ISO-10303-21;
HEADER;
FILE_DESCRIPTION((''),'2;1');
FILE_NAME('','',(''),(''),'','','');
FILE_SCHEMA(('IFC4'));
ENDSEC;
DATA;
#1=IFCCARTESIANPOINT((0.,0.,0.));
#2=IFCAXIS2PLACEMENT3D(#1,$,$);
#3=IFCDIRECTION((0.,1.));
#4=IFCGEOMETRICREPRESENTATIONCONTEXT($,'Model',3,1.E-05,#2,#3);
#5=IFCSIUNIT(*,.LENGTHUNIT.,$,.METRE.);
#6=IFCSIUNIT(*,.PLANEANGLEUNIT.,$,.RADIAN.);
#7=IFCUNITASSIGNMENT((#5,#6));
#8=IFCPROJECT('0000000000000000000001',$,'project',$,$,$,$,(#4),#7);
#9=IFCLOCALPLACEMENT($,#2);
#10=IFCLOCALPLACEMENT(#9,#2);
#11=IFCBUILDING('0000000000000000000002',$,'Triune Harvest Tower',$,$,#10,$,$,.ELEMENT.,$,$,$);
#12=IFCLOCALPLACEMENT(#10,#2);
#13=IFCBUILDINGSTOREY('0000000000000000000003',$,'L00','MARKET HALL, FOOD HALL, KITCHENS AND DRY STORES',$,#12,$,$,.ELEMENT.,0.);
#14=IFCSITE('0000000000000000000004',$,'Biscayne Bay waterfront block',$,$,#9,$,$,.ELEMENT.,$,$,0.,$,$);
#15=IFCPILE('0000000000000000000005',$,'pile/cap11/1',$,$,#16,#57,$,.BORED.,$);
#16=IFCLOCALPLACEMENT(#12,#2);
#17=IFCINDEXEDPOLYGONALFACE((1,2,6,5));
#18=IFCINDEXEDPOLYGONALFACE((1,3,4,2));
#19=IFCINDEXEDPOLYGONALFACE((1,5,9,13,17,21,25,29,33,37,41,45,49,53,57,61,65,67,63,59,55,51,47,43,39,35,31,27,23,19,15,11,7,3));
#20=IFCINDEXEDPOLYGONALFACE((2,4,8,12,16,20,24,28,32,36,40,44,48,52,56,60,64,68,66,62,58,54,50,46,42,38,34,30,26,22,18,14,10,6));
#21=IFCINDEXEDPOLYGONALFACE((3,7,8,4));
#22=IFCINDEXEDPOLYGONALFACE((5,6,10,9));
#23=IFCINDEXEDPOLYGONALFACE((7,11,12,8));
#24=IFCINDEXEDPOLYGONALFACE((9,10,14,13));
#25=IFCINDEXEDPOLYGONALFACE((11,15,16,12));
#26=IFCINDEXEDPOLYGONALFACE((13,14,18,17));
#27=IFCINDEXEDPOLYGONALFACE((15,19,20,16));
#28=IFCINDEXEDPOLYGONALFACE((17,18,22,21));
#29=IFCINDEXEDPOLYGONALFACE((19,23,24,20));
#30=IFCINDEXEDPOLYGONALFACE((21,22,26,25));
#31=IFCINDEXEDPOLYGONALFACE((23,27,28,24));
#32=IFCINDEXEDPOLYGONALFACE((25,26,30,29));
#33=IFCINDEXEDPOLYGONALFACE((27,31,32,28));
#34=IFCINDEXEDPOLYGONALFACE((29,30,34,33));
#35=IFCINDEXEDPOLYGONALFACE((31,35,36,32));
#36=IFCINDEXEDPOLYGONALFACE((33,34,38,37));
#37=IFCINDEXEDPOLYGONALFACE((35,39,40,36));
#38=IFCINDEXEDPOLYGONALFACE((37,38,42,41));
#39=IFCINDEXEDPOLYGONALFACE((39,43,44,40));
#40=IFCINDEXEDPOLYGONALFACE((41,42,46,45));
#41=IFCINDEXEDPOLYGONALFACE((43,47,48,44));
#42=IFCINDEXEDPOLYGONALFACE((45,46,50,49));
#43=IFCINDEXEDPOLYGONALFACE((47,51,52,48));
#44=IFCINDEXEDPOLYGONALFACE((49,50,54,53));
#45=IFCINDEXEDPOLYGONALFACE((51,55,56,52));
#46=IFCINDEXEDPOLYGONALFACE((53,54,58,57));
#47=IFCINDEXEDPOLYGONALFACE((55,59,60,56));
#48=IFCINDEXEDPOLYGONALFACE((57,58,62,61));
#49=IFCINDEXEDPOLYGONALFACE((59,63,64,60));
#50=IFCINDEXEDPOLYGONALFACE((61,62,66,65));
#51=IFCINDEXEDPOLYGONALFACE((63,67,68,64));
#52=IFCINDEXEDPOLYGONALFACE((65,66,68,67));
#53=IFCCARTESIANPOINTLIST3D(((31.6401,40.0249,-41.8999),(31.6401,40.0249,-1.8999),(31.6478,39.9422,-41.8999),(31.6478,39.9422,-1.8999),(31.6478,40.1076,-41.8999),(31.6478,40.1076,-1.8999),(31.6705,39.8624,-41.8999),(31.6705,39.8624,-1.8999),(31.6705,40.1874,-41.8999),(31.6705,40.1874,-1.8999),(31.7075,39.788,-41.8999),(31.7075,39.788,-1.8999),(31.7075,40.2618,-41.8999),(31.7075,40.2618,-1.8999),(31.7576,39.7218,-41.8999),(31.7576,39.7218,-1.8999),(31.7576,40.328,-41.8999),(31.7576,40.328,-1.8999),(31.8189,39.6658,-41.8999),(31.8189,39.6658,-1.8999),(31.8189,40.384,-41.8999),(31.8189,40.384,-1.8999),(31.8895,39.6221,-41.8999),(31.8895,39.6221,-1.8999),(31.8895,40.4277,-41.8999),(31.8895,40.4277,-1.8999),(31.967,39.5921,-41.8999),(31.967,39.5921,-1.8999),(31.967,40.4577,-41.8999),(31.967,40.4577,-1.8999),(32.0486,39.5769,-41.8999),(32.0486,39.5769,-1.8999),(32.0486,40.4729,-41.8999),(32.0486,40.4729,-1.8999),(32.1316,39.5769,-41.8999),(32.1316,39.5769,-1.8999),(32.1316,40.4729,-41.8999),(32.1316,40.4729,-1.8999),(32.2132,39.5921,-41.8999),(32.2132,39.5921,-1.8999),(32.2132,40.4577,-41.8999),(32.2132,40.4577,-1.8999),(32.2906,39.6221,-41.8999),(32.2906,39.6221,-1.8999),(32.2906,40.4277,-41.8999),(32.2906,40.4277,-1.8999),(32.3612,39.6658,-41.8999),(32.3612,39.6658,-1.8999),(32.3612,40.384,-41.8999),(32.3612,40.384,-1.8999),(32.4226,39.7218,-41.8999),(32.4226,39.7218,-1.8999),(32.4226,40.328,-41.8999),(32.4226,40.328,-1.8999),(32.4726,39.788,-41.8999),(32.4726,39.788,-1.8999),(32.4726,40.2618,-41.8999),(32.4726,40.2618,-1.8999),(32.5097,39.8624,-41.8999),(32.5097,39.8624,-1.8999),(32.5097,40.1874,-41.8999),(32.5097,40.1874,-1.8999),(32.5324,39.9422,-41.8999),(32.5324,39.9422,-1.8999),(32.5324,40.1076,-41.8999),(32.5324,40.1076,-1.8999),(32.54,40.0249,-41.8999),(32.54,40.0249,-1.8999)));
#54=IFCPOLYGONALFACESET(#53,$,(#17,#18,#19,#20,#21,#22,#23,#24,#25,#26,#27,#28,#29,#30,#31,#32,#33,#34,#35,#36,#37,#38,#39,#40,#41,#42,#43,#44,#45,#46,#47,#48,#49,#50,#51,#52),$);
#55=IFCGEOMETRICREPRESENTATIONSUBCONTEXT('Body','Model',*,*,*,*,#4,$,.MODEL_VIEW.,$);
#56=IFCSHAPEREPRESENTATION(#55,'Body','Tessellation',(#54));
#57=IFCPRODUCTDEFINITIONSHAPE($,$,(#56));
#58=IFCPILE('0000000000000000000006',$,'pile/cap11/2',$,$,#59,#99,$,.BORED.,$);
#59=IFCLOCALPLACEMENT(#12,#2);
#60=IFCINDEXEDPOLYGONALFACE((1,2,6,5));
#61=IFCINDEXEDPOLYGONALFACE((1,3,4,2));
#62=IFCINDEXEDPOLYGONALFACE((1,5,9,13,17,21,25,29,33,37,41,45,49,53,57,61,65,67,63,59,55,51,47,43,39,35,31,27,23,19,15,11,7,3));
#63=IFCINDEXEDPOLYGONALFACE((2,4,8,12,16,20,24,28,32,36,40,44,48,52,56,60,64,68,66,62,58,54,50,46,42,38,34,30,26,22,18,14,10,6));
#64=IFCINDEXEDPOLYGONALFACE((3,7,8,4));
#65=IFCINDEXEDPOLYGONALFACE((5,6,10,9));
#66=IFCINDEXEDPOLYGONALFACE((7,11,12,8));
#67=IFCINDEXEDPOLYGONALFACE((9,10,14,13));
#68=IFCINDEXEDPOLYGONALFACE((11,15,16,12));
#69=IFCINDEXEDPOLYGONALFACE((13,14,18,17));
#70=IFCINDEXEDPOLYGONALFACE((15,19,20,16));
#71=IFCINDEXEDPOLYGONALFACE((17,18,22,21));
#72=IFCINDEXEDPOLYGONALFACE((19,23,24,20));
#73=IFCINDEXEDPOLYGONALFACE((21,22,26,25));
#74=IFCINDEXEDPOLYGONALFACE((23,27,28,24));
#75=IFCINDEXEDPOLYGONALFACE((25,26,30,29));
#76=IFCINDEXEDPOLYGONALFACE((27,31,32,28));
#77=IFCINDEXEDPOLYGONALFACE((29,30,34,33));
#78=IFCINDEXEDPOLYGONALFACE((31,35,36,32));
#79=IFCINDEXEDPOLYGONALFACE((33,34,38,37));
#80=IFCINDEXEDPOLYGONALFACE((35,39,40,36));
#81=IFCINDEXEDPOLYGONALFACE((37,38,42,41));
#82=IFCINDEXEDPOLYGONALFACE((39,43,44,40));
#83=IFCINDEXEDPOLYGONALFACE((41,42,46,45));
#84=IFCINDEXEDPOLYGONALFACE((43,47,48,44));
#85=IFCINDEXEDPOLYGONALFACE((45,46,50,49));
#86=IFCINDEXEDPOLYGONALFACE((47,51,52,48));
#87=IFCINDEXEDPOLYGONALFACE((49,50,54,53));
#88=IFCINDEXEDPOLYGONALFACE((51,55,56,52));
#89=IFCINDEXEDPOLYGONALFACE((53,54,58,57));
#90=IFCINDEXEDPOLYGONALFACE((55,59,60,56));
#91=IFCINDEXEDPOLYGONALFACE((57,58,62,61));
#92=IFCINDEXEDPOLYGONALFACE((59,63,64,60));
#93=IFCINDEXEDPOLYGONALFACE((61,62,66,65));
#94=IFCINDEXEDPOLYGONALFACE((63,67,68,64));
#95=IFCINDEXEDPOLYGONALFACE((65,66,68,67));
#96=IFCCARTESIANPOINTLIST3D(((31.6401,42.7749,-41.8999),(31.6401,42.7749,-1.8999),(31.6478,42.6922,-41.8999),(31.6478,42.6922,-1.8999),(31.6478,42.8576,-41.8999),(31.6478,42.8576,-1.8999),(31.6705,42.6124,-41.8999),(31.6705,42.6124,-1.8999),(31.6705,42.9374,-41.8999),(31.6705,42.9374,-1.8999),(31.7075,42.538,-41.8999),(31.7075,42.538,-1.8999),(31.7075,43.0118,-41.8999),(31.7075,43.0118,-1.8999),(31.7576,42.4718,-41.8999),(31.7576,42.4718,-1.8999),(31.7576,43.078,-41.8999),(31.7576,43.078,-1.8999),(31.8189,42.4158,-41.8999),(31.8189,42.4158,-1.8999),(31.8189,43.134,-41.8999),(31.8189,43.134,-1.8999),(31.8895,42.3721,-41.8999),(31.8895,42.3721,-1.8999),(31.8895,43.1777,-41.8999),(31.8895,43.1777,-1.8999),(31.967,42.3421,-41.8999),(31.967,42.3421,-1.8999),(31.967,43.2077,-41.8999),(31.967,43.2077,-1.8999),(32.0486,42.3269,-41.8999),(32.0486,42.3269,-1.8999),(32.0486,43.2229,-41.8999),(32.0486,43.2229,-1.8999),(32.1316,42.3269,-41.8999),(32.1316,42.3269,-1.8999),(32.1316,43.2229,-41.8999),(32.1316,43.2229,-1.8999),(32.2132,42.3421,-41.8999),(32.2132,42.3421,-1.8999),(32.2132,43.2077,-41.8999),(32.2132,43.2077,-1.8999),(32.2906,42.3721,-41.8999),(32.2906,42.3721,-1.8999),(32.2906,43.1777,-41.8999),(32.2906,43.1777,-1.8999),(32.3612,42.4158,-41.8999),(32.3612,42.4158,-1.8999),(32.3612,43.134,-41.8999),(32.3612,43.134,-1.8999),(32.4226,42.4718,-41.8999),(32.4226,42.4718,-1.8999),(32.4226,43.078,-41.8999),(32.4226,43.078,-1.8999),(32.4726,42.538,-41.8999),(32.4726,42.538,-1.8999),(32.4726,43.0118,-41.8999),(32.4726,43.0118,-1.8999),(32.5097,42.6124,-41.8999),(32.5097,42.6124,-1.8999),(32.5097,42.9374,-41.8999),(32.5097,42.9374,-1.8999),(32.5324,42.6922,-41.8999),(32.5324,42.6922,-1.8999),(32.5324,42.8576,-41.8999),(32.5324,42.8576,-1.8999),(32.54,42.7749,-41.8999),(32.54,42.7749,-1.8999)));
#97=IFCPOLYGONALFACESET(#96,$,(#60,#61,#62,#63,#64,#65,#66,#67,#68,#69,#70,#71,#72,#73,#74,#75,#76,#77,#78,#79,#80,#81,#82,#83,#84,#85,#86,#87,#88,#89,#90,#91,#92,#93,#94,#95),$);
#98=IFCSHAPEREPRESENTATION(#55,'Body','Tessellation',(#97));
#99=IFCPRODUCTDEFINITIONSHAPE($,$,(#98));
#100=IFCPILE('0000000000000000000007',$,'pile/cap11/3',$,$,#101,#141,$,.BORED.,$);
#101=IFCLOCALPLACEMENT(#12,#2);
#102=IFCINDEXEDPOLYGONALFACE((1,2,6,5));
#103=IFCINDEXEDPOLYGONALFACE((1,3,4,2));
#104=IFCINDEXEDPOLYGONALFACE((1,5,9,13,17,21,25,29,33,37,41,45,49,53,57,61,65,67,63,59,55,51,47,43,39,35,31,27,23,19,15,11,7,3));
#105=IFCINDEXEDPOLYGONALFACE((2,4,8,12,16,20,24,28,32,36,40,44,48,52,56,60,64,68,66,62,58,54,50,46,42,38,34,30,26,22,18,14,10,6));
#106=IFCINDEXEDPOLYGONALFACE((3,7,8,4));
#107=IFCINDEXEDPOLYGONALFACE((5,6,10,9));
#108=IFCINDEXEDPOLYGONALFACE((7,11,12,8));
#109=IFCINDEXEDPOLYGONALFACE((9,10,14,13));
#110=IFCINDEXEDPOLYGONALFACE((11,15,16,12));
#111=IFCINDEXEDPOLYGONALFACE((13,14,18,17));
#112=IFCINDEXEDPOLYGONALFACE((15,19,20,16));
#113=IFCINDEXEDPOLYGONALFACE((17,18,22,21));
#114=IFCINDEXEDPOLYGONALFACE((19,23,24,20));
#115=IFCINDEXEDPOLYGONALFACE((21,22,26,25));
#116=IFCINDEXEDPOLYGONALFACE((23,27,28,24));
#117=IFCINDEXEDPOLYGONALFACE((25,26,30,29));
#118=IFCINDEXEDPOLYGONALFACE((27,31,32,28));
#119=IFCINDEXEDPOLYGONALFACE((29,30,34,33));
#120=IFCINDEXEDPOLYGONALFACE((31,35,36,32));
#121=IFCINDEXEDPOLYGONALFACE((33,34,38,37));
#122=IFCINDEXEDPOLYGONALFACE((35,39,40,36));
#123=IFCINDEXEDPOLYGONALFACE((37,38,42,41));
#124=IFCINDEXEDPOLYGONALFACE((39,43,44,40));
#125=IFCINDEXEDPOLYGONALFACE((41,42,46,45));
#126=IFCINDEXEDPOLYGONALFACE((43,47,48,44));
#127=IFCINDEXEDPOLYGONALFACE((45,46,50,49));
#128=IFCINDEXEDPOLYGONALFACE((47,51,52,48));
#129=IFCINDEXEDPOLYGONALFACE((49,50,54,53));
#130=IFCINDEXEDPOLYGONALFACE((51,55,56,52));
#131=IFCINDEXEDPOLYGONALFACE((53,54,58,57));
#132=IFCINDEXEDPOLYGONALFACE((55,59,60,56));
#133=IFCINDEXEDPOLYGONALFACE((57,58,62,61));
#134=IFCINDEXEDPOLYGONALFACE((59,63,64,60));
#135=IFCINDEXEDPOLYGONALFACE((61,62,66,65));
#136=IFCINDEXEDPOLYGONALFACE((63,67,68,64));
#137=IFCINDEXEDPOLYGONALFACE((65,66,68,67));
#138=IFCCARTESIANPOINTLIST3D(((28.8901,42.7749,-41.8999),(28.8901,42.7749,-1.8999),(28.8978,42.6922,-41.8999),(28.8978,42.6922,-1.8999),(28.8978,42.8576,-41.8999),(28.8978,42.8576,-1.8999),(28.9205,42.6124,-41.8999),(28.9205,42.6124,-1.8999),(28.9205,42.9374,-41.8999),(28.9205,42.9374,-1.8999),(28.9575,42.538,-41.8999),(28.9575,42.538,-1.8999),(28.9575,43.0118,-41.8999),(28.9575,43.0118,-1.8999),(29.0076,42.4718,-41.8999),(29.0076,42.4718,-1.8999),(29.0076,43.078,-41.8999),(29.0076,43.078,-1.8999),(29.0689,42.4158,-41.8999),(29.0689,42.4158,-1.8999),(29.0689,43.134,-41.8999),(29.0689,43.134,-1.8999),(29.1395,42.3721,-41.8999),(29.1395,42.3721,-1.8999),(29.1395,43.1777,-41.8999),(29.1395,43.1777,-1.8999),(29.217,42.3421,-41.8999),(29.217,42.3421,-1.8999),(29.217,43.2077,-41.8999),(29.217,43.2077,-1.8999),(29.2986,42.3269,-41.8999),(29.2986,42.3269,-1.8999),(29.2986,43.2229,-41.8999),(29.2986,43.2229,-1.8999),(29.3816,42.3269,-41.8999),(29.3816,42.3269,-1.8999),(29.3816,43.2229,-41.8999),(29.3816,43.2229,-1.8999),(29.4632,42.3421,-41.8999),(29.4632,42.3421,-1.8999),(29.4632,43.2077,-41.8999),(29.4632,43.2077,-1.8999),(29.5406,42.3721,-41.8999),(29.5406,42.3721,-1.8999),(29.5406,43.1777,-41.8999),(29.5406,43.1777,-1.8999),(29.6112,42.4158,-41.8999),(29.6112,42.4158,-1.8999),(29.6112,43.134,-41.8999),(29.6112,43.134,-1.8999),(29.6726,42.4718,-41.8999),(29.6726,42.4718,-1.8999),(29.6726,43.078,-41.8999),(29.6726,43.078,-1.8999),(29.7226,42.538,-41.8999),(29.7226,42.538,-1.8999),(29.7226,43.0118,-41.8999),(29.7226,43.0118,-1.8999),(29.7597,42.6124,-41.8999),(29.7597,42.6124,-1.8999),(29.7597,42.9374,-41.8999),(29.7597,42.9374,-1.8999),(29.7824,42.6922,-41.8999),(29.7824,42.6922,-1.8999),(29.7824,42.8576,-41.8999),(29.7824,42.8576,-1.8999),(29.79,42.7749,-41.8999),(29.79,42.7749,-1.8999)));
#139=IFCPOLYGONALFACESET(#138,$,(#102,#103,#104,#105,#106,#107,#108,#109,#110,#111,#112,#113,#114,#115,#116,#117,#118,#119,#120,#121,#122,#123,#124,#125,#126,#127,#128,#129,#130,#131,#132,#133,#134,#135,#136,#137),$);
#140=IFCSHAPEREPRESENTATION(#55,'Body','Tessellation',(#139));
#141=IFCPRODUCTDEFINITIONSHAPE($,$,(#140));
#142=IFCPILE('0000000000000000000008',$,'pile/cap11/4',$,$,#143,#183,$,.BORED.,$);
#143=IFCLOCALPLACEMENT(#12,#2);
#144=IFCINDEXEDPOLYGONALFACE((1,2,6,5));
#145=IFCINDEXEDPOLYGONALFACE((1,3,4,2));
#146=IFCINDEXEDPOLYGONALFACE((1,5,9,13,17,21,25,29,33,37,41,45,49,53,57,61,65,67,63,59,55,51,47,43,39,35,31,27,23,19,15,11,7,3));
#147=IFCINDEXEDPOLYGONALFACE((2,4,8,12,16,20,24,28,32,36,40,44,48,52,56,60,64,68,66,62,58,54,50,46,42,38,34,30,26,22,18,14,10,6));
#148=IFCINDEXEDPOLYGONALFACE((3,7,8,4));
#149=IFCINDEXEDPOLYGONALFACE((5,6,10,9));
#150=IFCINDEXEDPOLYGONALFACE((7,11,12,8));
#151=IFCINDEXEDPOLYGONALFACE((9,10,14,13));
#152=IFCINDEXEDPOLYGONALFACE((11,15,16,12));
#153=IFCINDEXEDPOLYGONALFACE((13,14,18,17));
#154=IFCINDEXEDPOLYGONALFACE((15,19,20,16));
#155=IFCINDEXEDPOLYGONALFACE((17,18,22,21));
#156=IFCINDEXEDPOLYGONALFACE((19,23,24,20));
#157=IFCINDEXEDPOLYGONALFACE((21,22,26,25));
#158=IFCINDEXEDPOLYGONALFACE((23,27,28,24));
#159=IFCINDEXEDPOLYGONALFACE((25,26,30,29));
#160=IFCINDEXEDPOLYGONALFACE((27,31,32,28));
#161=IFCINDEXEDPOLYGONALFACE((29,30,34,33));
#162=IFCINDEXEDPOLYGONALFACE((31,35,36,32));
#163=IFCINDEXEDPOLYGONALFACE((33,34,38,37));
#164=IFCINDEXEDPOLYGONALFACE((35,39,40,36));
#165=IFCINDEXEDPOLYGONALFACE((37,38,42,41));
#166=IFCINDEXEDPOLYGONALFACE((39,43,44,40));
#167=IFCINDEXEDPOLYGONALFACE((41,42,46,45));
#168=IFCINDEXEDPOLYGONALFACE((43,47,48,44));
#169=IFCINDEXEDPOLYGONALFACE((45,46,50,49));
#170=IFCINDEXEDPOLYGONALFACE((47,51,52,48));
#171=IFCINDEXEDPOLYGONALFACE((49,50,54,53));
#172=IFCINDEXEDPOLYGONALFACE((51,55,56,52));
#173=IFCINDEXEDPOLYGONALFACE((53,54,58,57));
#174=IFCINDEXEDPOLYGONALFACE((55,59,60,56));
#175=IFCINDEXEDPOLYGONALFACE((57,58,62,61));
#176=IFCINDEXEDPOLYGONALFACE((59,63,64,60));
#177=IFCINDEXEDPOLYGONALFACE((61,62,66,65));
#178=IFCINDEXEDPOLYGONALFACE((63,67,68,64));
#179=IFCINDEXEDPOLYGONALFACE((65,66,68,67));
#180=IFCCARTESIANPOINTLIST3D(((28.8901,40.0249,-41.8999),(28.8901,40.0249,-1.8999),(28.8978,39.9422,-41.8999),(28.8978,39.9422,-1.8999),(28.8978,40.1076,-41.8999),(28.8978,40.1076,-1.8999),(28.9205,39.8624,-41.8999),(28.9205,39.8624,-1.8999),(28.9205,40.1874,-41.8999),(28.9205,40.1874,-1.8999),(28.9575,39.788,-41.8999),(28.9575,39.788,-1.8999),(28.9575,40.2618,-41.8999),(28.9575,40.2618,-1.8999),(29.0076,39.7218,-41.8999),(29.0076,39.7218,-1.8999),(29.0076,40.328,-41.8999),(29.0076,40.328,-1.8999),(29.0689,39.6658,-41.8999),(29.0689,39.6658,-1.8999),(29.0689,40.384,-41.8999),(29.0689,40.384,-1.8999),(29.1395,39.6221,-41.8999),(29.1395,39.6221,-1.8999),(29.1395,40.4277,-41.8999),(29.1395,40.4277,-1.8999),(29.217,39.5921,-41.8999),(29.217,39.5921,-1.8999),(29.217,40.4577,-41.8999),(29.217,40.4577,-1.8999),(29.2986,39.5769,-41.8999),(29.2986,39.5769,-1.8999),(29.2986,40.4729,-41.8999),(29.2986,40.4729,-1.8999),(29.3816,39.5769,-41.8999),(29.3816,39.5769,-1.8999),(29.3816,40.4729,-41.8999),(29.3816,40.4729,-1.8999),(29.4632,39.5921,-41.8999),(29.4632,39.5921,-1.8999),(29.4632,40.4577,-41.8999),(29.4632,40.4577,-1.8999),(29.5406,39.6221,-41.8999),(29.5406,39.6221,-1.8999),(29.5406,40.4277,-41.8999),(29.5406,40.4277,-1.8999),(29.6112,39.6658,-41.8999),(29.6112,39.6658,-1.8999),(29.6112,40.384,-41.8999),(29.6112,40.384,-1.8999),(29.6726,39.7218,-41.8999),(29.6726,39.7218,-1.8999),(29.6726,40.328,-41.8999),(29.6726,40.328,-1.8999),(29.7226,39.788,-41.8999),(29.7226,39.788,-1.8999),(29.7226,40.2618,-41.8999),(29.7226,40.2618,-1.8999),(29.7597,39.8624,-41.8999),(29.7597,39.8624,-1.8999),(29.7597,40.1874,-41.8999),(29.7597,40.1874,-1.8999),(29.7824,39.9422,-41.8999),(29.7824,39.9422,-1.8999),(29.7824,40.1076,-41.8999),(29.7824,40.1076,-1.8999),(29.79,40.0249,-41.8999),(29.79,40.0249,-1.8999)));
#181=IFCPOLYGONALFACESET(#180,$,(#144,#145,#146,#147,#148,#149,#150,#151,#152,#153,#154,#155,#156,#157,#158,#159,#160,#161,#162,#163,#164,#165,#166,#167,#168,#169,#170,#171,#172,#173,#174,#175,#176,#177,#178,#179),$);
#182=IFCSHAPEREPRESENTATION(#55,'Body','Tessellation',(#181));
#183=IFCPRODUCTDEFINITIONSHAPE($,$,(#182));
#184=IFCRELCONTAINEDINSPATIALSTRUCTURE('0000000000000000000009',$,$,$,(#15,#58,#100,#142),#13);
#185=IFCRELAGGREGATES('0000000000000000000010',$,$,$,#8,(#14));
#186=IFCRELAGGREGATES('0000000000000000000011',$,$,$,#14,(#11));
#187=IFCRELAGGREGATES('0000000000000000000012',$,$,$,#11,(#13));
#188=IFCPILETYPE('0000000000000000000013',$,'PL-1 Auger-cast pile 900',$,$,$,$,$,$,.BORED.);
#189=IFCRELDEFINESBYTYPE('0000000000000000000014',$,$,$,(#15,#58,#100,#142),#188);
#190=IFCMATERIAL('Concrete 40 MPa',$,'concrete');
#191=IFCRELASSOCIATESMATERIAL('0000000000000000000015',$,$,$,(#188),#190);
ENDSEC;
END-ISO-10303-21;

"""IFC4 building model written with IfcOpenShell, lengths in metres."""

from ifc_helpers import new_model, si_unit, direction, frame, origin, origin_2d, place, context, subcontext, project, spatial, circle, extrude, source, transform, mapped, material, material_profile, profile_set, type_object, element, save


model = new_model("IFC4")

# Units and contexts
model_context = context("Model", 3, precision=1e-05, world=origin(), true_north=direction((0.0, 1.0)))
body_context = subcontext(model_context, "Body", "Model", "MODEL_VIEW")
ifc_project = project(units=[si_unit("LENGTHUNIT", "METRE"), si_unit("PLANEANGLEUNIT", "RADIAN")], contexts=[model_context])

# Site, building, storey
site_placement = place(None, origin())
site = spatial("IfcSite", under=ifc_project, at=site_placement, Name="Biscayne Bay waterfront block", CompositionType="ELEMENT", RefElevation=0.0)
building_placement = place(site_placement, origin())
building = spatial("IfcBuilding", under=site, at=building_placement, Name="Triune Harvest Tower", CompositionType="ELEMENT")
storey_placement = place(building_placement, origin())
storey = spatial("IfcBuildingStorey", under=building, at=storey_placement, Name="L00", Description="MARKET HALL, FOOD HALL, KITCHENS AND DRY STORES", CompositionType="ELEMENT", Elevation=0.0)

# Piles
ifc_material_1 = material(Name="Concrete 40 MPa", Category="concrete")
ifc_material_profile_1 = material_profile(ifc_material_1, circle(Radius=0.45, at=origin_2d()), Name="Bored 900")
ifc_profile_set_1 = profile_set([ifc_material_profile_1], Name="Concrete 40 MPa")
pile_type = type_object("IfcPileType", Name="PL-1 Auger-cast pile 900", PredefinedType="BORED", material=ifc_profile_set_1)
shared_shape_1 = source(origin(), body_context, "Body", "SweptSolid", [
    extrude(circle(Radius=0.45, at=origin_2d()), origin(), (0.0, 0.0, 1.0), 40.0),
])
for number, where, z_axis, x_axis, name in (
    (1, (32.0901, 40.0249, -1.8999), (0.0, 0.0, -1.0), (1.0, 0.0, 0.0), "pile/cap11/1"),
    (2, (32.0901, 42.7749, -1.8999), (0.0, 0.0, -1.0), (1.0, 0.0, 0.0), "pile/cap11/2"),
    (3, (29.3401, 42.7749, -1.8999), (0.0, 0.0, -1.0), (1.0, 0.0, 0.0), "pile/cap11/3"),
    (4, (29.3401, 40.0249, -1.8999), (0.0, 0.0, -1.0), (1.0, 0.0, 0.0), "pile/cap11/4"),
):
    element("IfcPile", number, at=place(storey_placement, frame(where, z_axis=z_axis, x_axis=x_axis)), inside=storey, type_object=pile_type, Name=name, PredefinedType="BORED", context=body_context, shape_type="MappedRepresentation", body=[
        mapped(shared_shape_1, transform((0.0, 0.0, 0.0), scale=1.0)),
    ])

save(model, "model.ifc")
